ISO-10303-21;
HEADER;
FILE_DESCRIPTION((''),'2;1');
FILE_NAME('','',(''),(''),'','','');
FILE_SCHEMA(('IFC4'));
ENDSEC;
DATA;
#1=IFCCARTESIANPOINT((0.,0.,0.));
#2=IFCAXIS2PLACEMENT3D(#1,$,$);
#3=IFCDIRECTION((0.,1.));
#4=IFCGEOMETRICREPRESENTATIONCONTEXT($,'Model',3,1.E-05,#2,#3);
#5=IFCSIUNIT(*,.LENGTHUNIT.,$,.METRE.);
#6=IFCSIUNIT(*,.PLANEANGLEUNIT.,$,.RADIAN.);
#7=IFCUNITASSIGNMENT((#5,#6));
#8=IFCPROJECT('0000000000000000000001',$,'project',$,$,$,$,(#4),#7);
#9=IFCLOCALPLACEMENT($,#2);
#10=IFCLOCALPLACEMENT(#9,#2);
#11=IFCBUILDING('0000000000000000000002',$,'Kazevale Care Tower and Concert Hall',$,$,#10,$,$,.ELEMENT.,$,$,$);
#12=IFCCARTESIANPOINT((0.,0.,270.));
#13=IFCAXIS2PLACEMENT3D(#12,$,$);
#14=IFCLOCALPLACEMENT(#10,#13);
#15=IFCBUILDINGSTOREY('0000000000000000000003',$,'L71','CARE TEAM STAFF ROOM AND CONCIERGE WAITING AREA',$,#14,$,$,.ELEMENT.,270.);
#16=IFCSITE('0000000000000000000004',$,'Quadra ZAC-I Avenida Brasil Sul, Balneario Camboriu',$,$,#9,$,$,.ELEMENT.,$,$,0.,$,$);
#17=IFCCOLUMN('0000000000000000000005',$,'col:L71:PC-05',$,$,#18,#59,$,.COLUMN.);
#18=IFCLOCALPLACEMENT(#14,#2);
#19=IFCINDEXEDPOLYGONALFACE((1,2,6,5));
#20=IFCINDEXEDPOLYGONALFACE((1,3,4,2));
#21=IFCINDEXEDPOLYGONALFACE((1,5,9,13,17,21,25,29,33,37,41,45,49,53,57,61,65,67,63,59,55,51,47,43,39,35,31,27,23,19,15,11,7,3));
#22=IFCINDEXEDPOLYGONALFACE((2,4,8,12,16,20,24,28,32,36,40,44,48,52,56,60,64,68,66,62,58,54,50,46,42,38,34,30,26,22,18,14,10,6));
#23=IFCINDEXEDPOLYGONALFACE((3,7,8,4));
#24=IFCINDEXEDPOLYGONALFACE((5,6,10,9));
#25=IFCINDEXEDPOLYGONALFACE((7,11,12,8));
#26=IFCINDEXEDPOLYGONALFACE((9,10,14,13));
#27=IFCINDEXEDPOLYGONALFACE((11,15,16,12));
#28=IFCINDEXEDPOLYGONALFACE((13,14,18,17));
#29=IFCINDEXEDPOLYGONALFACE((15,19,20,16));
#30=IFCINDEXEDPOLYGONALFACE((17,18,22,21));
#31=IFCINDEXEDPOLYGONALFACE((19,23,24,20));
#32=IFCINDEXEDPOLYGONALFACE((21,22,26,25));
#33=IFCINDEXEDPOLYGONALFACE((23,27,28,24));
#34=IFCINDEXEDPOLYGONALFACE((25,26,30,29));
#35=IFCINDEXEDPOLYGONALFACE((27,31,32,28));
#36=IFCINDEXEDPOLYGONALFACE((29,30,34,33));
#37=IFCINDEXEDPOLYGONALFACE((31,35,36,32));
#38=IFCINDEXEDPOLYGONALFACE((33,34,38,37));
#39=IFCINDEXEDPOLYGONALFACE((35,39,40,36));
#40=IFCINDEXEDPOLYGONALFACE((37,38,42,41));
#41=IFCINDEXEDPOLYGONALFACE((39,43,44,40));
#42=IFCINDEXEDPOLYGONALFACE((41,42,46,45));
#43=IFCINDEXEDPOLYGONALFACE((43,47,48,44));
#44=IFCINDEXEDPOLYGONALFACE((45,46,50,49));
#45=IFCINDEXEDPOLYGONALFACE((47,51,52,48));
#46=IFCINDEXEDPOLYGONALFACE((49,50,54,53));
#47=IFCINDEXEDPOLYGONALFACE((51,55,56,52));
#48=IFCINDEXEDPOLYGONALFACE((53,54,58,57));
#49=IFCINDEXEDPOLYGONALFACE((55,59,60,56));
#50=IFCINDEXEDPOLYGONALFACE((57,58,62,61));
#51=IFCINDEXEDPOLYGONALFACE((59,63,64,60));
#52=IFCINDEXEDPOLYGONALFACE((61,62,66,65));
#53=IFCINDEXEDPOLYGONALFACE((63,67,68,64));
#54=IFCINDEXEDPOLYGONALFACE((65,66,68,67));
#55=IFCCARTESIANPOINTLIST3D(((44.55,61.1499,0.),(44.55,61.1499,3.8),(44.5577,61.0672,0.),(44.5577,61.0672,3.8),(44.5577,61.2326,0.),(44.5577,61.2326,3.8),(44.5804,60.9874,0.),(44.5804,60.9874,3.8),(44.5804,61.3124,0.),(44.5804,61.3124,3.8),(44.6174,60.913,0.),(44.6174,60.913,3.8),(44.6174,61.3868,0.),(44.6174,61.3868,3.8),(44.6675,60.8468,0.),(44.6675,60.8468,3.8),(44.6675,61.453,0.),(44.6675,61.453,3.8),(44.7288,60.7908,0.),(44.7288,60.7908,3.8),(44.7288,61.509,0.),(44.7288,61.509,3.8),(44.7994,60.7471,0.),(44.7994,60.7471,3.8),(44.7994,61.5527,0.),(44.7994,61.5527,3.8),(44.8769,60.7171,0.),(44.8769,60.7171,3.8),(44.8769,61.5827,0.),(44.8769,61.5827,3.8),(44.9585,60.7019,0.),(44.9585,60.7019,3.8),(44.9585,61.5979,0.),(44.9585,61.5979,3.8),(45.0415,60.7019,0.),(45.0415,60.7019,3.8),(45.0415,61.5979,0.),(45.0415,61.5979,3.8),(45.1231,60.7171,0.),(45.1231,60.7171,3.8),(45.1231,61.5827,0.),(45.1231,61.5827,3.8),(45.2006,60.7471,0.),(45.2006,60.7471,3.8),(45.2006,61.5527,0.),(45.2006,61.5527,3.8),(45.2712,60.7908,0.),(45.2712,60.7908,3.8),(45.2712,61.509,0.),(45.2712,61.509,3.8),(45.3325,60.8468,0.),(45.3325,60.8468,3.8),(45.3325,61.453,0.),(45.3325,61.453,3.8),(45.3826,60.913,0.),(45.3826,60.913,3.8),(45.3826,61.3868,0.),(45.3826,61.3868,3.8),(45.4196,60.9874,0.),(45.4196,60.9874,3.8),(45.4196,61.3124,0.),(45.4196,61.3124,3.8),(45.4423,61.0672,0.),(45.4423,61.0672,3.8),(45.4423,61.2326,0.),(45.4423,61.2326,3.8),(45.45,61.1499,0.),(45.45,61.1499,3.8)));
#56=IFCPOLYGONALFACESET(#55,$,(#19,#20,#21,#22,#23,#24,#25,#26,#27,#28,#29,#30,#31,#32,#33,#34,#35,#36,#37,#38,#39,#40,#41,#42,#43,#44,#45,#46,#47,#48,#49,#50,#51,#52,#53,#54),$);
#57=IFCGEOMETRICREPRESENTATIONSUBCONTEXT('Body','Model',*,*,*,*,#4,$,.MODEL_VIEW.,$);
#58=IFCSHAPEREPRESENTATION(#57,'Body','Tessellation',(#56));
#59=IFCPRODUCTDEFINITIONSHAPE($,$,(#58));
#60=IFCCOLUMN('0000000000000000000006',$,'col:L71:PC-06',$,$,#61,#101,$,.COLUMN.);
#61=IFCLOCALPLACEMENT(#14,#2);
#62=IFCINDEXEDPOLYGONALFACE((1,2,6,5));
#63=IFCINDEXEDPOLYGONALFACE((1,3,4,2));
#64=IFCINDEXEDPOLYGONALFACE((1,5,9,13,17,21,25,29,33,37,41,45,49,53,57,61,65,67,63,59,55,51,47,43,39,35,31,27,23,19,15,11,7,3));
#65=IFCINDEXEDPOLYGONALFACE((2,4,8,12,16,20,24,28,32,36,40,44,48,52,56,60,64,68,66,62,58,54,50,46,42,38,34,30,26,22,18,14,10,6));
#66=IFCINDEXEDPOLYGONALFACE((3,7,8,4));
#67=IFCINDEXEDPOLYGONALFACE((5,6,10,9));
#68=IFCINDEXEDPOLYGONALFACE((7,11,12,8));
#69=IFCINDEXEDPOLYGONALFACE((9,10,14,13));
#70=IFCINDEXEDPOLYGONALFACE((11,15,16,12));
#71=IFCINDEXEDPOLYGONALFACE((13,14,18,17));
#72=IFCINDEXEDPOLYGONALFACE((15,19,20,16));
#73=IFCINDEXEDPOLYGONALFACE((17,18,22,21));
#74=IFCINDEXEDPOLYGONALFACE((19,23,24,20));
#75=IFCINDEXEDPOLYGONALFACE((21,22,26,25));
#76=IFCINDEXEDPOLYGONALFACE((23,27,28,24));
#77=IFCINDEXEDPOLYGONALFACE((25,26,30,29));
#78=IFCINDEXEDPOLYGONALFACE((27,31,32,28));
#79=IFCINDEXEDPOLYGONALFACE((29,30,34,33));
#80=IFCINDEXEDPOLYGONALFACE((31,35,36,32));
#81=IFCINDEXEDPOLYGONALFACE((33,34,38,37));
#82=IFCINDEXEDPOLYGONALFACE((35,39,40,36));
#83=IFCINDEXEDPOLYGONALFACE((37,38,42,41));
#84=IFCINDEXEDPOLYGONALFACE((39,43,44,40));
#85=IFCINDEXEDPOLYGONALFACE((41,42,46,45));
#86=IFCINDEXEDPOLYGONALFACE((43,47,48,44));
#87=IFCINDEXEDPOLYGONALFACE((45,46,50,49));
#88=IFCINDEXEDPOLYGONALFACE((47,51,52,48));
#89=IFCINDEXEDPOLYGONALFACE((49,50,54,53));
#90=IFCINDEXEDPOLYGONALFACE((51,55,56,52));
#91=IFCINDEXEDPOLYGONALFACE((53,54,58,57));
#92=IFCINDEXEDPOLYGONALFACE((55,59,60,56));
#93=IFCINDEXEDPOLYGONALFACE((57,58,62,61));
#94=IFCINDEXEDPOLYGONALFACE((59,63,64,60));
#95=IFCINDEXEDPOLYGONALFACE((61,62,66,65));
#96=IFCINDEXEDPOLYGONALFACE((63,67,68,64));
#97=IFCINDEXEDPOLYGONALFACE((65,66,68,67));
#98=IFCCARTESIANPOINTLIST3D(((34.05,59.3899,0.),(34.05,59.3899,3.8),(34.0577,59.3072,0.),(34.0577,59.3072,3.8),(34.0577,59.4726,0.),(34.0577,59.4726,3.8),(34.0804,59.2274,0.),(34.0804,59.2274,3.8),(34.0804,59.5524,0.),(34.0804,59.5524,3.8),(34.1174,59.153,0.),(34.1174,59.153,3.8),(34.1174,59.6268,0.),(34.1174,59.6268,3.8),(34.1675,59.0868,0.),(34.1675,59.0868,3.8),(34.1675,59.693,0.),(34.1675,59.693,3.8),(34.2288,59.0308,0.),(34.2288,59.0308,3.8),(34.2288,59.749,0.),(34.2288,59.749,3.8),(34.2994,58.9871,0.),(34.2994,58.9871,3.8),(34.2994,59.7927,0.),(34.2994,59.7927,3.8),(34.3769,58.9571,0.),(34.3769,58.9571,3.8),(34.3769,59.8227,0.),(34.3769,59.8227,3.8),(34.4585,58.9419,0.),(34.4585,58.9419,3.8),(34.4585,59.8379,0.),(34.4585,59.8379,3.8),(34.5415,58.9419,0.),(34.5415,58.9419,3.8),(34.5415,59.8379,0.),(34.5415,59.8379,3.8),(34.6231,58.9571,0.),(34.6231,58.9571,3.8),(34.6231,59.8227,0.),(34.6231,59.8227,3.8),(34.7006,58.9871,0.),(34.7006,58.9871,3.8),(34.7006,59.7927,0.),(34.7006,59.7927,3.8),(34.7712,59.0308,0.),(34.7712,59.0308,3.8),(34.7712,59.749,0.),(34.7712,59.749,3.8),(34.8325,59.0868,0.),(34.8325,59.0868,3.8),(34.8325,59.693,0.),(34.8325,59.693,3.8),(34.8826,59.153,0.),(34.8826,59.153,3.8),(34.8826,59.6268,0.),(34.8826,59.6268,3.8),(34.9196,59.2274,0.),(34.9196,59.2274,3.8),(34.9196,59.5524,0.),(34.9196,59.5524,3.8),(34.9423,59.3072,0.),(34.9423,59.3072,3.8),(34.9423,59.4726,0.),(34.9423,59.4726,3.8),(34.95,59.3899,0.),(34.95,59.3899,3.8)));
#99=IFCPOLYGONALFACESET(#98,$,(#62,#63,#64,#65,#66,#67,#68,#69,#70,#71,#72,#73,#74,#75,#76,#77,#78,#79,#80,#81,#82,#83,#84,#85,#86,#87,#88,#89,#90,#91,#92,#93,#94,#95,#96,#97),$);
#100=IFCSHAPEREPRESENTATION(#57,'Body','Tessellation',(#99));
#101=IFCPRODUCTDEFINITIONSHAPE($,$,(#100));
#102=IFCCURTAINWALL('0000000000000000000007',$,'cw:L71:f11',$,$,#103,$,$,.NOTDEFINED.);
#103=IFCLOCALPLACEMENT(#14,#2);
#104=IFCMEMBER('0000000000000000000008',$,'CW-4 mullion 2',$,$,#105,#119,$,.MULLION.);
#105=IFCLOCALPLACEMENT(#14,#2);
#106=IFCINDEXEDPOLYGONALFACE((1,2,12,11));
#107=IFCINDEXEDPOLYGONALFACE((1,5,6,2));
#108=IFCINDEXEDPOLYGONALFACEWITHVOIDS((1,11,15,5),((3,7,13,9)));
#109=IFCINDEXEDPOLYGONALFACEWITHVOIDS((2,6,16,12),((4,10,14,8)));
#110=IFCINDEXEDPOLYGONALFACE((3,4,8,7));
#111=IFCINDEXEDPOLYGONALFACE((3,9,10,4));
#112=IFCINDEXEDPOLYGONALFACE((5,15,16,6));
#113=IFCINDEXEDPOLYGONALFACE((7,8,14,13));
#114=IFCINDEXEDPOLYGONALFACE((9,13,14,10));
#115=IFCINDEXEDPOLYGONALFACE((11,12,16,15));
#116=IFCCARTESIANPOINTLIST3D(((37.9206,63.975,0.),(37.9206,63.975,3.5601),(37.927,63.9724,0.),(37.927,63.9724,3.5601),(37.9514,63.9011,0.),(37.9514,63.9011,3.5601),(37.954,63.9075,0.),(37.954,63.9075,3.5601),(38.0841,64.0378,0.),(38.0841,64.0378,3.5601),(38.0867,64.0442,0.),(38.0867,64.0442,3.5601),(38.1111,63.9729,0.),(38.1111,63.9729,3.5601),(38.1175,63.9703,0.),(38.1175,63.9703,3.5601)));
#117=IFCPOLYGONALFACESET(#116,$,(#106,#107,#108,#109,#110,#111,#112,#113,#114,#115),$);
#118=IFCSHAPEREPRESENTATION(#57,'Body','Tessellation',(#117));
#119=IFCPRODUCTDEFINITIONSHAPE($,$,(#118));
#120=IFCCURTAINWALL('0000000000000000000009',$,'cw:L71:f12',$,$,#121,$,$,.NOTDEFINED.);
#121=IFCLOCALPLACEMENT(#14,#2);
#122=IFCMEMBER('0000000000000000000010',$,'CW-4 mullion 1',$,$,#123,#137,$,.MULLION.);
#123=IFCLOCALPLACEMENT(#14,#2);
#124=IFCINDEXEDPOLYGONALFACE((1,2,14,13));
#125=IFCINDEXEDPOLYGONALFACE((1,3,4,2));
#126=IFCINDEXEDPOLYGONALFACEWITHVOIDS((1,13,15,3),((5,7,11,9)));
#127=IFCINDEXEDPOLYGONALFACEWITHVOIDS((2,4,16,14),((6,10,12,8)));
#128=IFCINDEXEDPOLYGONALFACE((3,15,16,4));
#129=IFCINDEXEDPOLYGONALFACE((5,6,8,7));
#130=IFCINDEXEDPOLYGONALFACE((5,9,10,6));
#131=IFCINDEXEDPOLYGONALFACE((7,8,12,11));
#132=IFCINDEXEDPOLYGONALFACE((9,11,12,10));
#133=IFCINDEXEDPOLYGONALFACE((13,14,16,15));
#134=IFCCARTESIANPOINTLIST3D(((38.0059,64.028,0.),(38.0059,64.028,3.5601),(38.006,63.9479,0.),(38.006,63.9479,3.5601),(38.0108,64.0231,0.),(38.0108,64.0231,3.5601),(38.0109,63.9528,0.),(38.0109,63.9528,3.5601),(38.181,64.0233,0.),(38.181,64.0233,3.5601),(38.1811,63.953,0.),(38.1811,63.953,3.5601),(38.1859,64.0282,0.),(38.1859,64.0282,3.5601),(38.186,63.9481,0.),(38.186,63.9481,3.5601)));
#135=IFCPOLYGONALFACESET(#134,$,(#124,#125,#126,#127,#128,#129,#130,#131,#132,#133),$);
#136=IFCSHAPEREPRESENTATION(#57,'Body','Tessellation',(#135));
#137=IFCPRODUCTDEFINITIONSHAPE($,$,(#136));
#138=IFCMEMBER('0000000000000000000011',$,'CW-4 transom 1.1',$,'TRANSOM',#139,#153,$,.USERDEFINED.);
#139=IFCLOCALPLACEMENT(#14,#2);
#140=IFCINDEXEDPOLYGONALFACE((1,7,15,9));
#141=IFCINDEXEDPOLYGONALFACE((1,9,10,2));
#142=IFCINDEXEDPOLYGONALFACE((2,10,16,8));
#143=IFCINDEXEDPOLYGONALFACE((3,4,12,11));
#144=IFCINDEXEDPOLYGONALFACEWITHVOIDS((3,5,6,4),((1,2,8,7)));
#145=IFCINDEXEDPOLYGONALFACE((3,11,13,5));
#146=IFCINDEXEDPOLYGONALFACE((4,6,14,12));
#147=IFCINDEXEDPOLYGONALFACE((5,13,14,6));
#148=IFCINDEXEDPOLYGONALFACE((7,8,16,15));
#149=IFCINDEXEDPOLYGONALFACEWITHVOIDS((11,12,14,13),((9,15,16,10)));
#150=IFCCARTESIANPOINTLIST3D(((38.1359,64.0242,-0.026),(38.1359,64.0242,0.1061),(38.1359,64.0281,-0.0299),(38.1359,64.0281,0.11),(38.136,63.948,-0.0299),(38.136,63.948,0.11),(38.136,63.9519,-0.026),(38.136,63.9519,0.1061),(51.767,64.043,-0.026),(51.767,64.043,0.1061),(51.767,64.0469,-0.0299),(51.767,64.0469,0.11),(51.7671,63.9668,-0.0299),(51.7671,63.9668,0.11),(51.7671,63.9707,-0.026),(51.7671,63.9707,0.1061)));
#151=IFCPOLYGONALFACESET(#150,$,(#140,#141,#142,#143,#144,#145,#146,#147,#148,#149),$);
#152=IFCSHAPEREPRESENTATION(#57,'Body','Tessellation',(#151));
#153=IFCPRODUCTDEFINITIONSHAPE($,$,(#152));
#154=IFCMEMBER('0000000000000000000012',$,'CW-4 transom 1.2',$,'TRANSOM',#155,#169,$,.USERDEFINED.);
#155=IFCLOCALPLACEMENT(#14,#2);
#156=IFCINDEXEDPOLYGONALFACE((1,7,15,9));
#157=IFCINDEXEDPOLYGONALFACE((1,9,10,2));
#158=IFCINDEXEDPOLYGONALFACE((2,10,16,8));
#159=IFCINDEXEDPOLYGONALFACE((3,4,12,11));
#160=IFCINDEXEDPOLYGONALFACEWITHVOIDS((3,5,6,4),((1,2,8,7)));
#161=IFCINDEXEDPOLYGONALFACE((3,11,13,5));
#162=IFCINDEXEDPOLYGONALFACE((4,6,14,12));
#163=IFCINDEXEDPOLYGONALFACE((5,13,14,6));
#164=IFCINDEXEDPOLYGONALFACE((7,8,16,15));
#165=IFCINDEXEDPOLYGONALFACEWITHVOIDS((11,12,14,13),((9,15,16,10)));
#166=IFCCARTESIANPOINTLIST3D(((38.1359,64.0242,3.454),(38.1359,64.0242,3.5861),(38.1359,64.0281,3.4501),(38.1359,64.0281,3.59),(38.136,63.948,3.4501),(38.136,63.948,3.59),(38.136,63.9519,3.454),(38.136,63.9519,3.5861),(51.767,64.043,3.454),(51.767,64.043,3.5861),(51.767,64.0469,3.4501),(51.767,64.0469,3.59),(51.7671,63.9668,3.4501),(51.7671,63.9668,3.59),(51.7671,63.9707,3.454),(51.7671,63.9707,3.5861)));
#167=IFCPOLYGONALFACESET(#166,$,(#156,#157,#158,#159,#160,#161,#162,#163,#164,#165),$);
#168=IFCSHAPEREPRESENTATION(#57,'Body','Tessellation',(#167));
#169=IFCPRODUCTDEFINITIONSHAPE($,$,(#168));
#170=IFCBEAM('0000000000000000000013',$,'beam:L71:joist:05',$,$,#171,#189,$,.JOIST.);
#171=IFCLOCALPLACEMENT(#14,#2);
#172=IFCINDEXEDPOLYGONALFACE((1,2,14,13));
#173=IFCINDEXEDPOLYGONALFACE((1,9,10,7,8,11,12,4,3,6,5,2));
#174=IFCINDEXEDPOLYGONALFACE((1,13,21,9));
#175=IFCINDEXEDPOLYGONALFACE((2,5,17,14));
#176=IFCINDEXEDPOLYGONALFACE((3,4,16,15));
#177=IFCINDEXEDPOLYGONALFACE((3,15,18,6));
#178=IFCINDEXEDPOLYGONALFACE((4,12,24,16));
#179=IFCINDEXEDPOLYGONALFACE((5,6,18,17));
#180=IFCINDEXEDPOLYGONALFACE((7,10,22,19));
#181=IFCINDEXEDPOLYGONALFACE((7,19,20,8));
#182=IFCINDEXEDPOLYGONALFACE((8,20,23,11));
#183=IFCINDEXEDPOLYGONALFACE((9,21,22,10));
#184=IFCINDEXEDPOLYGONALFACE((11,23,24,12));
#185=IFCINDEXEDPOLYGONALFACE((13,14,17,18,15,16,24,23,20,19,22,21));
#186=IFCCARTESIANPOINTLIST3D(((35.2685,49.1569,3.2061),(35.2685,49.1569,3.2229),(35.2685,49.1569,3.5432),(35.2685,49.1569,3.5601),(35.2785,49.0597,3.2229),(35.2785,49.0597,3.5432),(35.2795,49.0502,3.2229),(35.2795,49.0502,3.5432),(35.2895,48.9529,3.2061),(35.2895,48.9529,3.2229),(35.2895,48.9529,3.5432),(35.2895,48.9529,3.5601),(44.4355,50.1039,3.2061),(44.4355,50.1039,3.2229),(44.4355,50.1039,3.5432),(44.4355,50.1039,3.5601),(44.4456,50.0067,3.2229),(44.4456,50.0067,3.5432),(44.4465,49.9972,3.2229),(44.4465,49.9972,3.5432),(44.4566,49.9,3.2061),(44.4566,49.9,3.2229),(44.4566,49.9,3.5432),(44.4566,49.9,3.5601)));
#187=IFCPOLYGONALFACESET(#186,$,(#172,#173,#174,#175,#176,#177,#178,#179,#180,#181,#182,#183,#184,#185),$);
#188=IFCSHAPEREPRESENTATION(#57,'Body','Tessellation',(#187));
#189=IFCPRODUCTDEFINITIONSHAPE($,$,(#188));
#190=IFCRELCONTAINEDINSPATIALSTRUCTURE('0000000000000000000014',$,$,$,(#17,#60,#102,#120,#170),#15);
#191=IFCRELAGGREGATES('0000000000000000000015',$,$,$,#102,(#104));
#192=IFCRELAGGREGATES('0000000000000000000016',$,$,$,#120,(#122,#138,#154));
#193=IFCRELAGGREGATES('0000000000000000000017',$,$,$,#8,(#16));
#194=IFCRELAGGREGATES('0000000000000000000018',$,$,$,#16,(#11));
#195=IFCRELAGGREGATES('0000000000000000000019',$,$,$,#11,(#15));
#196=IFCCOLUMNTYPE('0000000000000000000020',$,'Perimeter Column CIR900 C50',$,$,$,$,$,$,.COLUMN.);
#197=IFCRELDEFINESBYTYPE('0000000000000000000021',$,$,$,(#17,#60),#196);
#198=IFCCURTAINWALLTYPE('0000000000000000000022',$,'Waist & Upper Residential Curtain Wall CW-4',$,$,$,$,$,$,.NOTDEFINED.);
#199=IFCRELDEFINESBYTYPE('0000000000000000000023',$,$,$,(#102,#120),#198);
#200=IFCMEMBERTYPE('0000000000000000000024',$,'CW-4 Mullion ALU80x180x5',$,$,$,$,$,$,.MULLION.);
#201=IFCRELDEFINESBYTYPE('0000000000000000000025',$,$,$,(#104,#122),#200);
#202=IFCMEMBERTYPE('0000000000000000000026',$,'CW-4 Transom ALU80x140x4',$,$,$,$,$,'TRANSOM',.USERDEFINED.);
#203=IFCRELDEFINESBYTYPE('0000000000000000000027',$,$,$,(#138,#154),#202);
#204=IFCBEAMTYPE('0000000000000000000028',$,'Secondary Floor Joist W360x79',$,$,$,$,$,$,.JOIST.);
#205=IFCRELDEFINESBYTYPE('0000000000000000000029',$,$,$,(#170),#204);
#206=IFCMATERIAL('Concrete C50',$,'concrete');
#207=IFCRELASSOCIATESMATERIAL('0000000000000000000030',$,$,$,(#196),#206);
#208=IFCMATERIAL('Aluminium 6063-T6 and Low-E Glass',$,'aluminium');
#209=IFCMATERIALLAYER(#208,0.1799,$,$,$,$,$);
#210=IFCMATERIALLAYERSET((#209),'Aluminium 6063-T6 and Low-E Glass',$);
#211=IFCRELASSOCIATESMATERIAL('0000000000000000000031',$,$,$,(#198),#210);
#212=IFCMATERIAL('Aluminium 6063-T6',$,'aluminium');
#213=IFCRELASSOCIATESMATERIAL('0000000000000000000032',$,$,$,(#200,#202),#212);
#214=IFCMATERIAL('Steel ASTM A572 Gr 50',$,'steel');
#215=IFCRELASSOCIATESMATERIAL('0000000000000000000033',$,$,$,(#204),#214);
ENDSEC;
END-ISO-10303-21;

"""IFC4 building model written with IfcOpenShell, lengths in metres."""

from ifc_helpers import new_model, si_unit, direction, frame, origin, origin_2d, place, context, subcontext, project, spatial, hollow_rectangle, circle, i_section, extrude, material, layer, layer_set, material_profile, profile_set, type_object, element, aggregate, save


model = new_model("IFC4")

# Units and contexts
model_context = context("Model", 3, precision=1e-05, world=origin(), true_north=direction((0.0, 1.0)))
body_context = subcontext(model_context, "Body", "Model", "MODEL_VIEW")
ifc_project = project(units=[si_unit("LENGTHUNIT", "METRE"), si_unit("PLANEANGLEUNIT", "RADIAN")], contexts=[model_context])

# Site, building, storey
site_placement = place(None, origin())
site = spatial("IfcSite", under=ifc_project, at=site_placement, Name="Quadra ZAC-I Avenida Brasil Sul, Balneario Camboriu", CompositionType="ELEMENT", RefElevation=0.0)
building_placement = place(site_placement, origin())
building = spatial("IfcBuilding", under=site, at=building_placement, Name="Kazevale Care Tower and Concert Hall", CompositionType="ELEMENT")
storey_placement = place(building_placement, frame((0.0, 0.0, 270.0)))
storey = spatial("IfcBuildingStorey", under=building, at=storey_placement, Name="L71", Description="CARE TEAM STAFF ROOM AND CONCIERGE WAITING AREA", CompositionType="ELEMENT", Elevation=270.0)

# Columns
ifc_material_1 = material(Name="Concrete C50", Category="concrete")
ifc_material_profile_1 = material_profile(ifc_material_1, circle(Radius=0.45, at=origin_2d()), Name="RC-CIR900")
ifc_profile_set_1 = profile_set([ifc_material_profile_1], Name="Concrete C50")
column_type = type_object("IfcColumnType", Name="Perimeter Column CIR900 C50", PredefinedType="COLUMN", material=ifc_profile_set_1)
for number, where, z_axis, x_axis, name in (
    (1, (45.0, 61.1499, 0.0), (0.0, 0.0, 1.0), (1.0, 0.0, 0.0), "col:L71:PC-05"),
    (2, (34.5, 59.3899, 0.0), (0.0, 0.0, 1.0), (1.0, 0.0, 0.0), "col:L71:PC-06"),
):
    element("IfcColumn", number, at=place(storey_placement, frame(where, z_axis=z_axis, x_axis=x_axis)), inside=storey, type_object=column_type, Name=name, PredefinedType="COLUMN", context=body_context, shape_type="SweptSolid", body=[
        extrude(circle(Radius=0.45, at=origin_2d()), origin(), (0.0, 0.0, 1.0), 3.8),
    ])

# Curtain wall, member
ifc_material_2 = material(Name="Aluminium 6063-T6 and Low-E Glass", Category="aluminium")
ifc_layer_1 = layer(ifc_material_2, 0.1799)
ifc_layer_set_1 = layer_set([ifc_layer_1], Name="Aluminium 6063-T6 and Low-E Glass")
curtain_wall_type = type_object("IfcCurtainWallType", Name="Waist & Upper Residential Curtain Wall CW-4", PredefinedType="NOTDEFINED", material=ifc_layer_set_1)
curtain_wall_1_placement = place(storey_placement, origin())
curtain_wall_1 = element("IfcCurtainWall", 3, at=curtain_wall_1_placement, inside=storey, type_object=curtain_wall_type, Name="cw:L71:f11", PredefinedType="NOTDEFINED")
ifc_material_3 = material(Name="Aluminium 6063-T6", Category="aluminium")
ifc_material_profile_2 = material_profile(ifc_material_3, hollow_rectangle(XDim=0.0801, YDim=0.1799, WallThickness=0.0049, at=origin_2d()), Name="ALU80x180x5")
ifc_profile_set_2 = profile_set([ifc_material_profile_2], Name="Aluminium 6063-T6")
member_type_1 = type_object("IfcMemberType", Name="CW-4 Mullion ALU80x180x5", PredefinedType="MULLION", material=ifc_profile_set_2)
member_1_placement = place(storey_placement, frame((38.019, 63.9727, 0.0), z_axis=(0.0, 0.0, 1.0), x_axis=(-0.384684, 0.923048, 0.0)))
member_1 = element("IfcMember", 4, at=member_1_placement, type_object=member_type_1, Name="CW-4 mullion 2", PredefinedType="MULLION", context=body_context, shape_type="SweptSolid", body=[
    extrude(hollow_rectangle(XDim=0.0801, YDim=0.1799, WallThickness=0.0049, at=origin_2d()), origin(), (0.0, 0.0, 1.0), 3.5601),
])
aggregate(curtain_wall_1, [member_1])

# Curtain wall, members
curtain_wall_2_placement = place(storey_placement, origin())
curtain_wall_2 = element("IfcCurtainWall", 5, at=curtain_wall_2_placement, inside=storey, type_object=curtain_wall_type, Name="cw:L71:f12", PredefinedType="NOTDEFINED")
member_2_placement = place(storey_placement, frame((38.0959, 63.988, 0.0), z_axis=(0.0, 0.0, 1.0), x_axis=(-0.001378, 0.999999, 0.0)))
member_2 = element("IfcMember", 6, at=member_2_placement, type_object=member_type_1, Name="CW-4 mullion 1", PredefinedType="MULLION", context=body_context, shape_type="SweptSolid", body=[
    extrude(hollow_rectangle(XDim=0.0801, YDim=0.1799, WallThickness=0.0049, at=origin_2d()), origin(), (0.0, 0.0, 1.0), 3.5601),
])
ifc_material_profile_3 = material_profile(ifc_material_3, hollow_rectangle(XDim=0.0801, YDim=0.1399, WallThickness=0.0039, at=origin_2d()), Name="ALU80x140x4")
ifc_profile_set_3 = profile_set([ifc_material_profile_3], Name="Aluminium 6063-T6")
member_type_2 = type_object("IfcMemberType", Name="CW-4 Transom ALU80x140x4", ElementType="TRANSOM", PredefinedType="USERDEFINED", material=ifc_profile_set_3)
member_3_placement = place(storey_placement, frame((38.136, 63.988, 0.04), z_axis=(0.999999, 0.001379, 0.0), x_axis=(-0.001379, 0.999999, 0.0)))
member_3 = element("IfcMember", 7, at=member_3_placement, type_object=member_type_2, Name="CW-4 transom 1.1", ObjectType="TRANSOM", PredefinedType="USERDEFINED", context=body_context, shape_type="SweptSolid", body=[
    extrude(hollow_rectangle(XDim=0.0801, YDim=0.1399, WallThickness=0.0039, at=origin_2d()), origin(), (0.0, 0.0, 1.0), 13.6311),
])
member_4_placement = place(storey_placement, frame((38.136, 63.988, 3.52), z_axis=(0.999999, 0.001379, 0.0), x_axis=(-0.001379, 0.999999, 0.0)))
member_4 = element("IfcMember", 8, at=member_4_placement, type_object=member_type_2, Name="CW-4 transom 1.2", ObjectType="TRANSOM", PredefinedType="USERDEFINED", context=body_context, shape_type="SweptSolid", body=[
    extrude(hollow_rectangle(XDim=0.0801, YDim=0.1399, WallThickness=0.0039, at=origin_2d()), origin(), (0.0, 0.0, 1.0), 13.6311),
])

# Beam
ifc_material_4 = material(Name="Steel ASTM A572 Gr 50", Category="steel")
ifc_material_profile_4 = material_profile(ifc_material_4, i_section(OverallWidth=0.2051, OverallDepth=0.354, WebThickness=0.0095, FlangeThickness=0.0168, at=origin_2d()), Name="W360x79")
ifc_profile_set_4 = profile_set([ifc_material_profile_4], Name="Steel ASTM A572 Gr 50")
beam_type_1 = type_object("IfcBeamType", Name="Secondary Floor Joist W360x79", PredefinedType="JOIST", material=ifc_profile_set_4)
beam_1_placement = place(storey_placement, frame((44.446, 50.002, 3.3831), z_axis=(-0.994706, -0.102761, 0.0), x_axis=(0.102761, -0.994706, 0.0)))
element("IfcBeam", 9, at=beam_1_placement, inside=storey, type_object=beam_type_1, Name="beam:L71:joist:05", PredefinedType="JOIST", context=body_context, shape_type="SweptSolid", body=[
    extrude(i_section(OverallWidth=0.2051, OverallDepth=0.354, WebThickness=0.0095, FlangeThickness=0.0168, at=origin_2d()), origin(), (0.0, 0.0, 1.0), 9.2158),
])

aggregate(curtain_wall_2, [member_2, member_3, member_4])

save(model, "model.ifc")
